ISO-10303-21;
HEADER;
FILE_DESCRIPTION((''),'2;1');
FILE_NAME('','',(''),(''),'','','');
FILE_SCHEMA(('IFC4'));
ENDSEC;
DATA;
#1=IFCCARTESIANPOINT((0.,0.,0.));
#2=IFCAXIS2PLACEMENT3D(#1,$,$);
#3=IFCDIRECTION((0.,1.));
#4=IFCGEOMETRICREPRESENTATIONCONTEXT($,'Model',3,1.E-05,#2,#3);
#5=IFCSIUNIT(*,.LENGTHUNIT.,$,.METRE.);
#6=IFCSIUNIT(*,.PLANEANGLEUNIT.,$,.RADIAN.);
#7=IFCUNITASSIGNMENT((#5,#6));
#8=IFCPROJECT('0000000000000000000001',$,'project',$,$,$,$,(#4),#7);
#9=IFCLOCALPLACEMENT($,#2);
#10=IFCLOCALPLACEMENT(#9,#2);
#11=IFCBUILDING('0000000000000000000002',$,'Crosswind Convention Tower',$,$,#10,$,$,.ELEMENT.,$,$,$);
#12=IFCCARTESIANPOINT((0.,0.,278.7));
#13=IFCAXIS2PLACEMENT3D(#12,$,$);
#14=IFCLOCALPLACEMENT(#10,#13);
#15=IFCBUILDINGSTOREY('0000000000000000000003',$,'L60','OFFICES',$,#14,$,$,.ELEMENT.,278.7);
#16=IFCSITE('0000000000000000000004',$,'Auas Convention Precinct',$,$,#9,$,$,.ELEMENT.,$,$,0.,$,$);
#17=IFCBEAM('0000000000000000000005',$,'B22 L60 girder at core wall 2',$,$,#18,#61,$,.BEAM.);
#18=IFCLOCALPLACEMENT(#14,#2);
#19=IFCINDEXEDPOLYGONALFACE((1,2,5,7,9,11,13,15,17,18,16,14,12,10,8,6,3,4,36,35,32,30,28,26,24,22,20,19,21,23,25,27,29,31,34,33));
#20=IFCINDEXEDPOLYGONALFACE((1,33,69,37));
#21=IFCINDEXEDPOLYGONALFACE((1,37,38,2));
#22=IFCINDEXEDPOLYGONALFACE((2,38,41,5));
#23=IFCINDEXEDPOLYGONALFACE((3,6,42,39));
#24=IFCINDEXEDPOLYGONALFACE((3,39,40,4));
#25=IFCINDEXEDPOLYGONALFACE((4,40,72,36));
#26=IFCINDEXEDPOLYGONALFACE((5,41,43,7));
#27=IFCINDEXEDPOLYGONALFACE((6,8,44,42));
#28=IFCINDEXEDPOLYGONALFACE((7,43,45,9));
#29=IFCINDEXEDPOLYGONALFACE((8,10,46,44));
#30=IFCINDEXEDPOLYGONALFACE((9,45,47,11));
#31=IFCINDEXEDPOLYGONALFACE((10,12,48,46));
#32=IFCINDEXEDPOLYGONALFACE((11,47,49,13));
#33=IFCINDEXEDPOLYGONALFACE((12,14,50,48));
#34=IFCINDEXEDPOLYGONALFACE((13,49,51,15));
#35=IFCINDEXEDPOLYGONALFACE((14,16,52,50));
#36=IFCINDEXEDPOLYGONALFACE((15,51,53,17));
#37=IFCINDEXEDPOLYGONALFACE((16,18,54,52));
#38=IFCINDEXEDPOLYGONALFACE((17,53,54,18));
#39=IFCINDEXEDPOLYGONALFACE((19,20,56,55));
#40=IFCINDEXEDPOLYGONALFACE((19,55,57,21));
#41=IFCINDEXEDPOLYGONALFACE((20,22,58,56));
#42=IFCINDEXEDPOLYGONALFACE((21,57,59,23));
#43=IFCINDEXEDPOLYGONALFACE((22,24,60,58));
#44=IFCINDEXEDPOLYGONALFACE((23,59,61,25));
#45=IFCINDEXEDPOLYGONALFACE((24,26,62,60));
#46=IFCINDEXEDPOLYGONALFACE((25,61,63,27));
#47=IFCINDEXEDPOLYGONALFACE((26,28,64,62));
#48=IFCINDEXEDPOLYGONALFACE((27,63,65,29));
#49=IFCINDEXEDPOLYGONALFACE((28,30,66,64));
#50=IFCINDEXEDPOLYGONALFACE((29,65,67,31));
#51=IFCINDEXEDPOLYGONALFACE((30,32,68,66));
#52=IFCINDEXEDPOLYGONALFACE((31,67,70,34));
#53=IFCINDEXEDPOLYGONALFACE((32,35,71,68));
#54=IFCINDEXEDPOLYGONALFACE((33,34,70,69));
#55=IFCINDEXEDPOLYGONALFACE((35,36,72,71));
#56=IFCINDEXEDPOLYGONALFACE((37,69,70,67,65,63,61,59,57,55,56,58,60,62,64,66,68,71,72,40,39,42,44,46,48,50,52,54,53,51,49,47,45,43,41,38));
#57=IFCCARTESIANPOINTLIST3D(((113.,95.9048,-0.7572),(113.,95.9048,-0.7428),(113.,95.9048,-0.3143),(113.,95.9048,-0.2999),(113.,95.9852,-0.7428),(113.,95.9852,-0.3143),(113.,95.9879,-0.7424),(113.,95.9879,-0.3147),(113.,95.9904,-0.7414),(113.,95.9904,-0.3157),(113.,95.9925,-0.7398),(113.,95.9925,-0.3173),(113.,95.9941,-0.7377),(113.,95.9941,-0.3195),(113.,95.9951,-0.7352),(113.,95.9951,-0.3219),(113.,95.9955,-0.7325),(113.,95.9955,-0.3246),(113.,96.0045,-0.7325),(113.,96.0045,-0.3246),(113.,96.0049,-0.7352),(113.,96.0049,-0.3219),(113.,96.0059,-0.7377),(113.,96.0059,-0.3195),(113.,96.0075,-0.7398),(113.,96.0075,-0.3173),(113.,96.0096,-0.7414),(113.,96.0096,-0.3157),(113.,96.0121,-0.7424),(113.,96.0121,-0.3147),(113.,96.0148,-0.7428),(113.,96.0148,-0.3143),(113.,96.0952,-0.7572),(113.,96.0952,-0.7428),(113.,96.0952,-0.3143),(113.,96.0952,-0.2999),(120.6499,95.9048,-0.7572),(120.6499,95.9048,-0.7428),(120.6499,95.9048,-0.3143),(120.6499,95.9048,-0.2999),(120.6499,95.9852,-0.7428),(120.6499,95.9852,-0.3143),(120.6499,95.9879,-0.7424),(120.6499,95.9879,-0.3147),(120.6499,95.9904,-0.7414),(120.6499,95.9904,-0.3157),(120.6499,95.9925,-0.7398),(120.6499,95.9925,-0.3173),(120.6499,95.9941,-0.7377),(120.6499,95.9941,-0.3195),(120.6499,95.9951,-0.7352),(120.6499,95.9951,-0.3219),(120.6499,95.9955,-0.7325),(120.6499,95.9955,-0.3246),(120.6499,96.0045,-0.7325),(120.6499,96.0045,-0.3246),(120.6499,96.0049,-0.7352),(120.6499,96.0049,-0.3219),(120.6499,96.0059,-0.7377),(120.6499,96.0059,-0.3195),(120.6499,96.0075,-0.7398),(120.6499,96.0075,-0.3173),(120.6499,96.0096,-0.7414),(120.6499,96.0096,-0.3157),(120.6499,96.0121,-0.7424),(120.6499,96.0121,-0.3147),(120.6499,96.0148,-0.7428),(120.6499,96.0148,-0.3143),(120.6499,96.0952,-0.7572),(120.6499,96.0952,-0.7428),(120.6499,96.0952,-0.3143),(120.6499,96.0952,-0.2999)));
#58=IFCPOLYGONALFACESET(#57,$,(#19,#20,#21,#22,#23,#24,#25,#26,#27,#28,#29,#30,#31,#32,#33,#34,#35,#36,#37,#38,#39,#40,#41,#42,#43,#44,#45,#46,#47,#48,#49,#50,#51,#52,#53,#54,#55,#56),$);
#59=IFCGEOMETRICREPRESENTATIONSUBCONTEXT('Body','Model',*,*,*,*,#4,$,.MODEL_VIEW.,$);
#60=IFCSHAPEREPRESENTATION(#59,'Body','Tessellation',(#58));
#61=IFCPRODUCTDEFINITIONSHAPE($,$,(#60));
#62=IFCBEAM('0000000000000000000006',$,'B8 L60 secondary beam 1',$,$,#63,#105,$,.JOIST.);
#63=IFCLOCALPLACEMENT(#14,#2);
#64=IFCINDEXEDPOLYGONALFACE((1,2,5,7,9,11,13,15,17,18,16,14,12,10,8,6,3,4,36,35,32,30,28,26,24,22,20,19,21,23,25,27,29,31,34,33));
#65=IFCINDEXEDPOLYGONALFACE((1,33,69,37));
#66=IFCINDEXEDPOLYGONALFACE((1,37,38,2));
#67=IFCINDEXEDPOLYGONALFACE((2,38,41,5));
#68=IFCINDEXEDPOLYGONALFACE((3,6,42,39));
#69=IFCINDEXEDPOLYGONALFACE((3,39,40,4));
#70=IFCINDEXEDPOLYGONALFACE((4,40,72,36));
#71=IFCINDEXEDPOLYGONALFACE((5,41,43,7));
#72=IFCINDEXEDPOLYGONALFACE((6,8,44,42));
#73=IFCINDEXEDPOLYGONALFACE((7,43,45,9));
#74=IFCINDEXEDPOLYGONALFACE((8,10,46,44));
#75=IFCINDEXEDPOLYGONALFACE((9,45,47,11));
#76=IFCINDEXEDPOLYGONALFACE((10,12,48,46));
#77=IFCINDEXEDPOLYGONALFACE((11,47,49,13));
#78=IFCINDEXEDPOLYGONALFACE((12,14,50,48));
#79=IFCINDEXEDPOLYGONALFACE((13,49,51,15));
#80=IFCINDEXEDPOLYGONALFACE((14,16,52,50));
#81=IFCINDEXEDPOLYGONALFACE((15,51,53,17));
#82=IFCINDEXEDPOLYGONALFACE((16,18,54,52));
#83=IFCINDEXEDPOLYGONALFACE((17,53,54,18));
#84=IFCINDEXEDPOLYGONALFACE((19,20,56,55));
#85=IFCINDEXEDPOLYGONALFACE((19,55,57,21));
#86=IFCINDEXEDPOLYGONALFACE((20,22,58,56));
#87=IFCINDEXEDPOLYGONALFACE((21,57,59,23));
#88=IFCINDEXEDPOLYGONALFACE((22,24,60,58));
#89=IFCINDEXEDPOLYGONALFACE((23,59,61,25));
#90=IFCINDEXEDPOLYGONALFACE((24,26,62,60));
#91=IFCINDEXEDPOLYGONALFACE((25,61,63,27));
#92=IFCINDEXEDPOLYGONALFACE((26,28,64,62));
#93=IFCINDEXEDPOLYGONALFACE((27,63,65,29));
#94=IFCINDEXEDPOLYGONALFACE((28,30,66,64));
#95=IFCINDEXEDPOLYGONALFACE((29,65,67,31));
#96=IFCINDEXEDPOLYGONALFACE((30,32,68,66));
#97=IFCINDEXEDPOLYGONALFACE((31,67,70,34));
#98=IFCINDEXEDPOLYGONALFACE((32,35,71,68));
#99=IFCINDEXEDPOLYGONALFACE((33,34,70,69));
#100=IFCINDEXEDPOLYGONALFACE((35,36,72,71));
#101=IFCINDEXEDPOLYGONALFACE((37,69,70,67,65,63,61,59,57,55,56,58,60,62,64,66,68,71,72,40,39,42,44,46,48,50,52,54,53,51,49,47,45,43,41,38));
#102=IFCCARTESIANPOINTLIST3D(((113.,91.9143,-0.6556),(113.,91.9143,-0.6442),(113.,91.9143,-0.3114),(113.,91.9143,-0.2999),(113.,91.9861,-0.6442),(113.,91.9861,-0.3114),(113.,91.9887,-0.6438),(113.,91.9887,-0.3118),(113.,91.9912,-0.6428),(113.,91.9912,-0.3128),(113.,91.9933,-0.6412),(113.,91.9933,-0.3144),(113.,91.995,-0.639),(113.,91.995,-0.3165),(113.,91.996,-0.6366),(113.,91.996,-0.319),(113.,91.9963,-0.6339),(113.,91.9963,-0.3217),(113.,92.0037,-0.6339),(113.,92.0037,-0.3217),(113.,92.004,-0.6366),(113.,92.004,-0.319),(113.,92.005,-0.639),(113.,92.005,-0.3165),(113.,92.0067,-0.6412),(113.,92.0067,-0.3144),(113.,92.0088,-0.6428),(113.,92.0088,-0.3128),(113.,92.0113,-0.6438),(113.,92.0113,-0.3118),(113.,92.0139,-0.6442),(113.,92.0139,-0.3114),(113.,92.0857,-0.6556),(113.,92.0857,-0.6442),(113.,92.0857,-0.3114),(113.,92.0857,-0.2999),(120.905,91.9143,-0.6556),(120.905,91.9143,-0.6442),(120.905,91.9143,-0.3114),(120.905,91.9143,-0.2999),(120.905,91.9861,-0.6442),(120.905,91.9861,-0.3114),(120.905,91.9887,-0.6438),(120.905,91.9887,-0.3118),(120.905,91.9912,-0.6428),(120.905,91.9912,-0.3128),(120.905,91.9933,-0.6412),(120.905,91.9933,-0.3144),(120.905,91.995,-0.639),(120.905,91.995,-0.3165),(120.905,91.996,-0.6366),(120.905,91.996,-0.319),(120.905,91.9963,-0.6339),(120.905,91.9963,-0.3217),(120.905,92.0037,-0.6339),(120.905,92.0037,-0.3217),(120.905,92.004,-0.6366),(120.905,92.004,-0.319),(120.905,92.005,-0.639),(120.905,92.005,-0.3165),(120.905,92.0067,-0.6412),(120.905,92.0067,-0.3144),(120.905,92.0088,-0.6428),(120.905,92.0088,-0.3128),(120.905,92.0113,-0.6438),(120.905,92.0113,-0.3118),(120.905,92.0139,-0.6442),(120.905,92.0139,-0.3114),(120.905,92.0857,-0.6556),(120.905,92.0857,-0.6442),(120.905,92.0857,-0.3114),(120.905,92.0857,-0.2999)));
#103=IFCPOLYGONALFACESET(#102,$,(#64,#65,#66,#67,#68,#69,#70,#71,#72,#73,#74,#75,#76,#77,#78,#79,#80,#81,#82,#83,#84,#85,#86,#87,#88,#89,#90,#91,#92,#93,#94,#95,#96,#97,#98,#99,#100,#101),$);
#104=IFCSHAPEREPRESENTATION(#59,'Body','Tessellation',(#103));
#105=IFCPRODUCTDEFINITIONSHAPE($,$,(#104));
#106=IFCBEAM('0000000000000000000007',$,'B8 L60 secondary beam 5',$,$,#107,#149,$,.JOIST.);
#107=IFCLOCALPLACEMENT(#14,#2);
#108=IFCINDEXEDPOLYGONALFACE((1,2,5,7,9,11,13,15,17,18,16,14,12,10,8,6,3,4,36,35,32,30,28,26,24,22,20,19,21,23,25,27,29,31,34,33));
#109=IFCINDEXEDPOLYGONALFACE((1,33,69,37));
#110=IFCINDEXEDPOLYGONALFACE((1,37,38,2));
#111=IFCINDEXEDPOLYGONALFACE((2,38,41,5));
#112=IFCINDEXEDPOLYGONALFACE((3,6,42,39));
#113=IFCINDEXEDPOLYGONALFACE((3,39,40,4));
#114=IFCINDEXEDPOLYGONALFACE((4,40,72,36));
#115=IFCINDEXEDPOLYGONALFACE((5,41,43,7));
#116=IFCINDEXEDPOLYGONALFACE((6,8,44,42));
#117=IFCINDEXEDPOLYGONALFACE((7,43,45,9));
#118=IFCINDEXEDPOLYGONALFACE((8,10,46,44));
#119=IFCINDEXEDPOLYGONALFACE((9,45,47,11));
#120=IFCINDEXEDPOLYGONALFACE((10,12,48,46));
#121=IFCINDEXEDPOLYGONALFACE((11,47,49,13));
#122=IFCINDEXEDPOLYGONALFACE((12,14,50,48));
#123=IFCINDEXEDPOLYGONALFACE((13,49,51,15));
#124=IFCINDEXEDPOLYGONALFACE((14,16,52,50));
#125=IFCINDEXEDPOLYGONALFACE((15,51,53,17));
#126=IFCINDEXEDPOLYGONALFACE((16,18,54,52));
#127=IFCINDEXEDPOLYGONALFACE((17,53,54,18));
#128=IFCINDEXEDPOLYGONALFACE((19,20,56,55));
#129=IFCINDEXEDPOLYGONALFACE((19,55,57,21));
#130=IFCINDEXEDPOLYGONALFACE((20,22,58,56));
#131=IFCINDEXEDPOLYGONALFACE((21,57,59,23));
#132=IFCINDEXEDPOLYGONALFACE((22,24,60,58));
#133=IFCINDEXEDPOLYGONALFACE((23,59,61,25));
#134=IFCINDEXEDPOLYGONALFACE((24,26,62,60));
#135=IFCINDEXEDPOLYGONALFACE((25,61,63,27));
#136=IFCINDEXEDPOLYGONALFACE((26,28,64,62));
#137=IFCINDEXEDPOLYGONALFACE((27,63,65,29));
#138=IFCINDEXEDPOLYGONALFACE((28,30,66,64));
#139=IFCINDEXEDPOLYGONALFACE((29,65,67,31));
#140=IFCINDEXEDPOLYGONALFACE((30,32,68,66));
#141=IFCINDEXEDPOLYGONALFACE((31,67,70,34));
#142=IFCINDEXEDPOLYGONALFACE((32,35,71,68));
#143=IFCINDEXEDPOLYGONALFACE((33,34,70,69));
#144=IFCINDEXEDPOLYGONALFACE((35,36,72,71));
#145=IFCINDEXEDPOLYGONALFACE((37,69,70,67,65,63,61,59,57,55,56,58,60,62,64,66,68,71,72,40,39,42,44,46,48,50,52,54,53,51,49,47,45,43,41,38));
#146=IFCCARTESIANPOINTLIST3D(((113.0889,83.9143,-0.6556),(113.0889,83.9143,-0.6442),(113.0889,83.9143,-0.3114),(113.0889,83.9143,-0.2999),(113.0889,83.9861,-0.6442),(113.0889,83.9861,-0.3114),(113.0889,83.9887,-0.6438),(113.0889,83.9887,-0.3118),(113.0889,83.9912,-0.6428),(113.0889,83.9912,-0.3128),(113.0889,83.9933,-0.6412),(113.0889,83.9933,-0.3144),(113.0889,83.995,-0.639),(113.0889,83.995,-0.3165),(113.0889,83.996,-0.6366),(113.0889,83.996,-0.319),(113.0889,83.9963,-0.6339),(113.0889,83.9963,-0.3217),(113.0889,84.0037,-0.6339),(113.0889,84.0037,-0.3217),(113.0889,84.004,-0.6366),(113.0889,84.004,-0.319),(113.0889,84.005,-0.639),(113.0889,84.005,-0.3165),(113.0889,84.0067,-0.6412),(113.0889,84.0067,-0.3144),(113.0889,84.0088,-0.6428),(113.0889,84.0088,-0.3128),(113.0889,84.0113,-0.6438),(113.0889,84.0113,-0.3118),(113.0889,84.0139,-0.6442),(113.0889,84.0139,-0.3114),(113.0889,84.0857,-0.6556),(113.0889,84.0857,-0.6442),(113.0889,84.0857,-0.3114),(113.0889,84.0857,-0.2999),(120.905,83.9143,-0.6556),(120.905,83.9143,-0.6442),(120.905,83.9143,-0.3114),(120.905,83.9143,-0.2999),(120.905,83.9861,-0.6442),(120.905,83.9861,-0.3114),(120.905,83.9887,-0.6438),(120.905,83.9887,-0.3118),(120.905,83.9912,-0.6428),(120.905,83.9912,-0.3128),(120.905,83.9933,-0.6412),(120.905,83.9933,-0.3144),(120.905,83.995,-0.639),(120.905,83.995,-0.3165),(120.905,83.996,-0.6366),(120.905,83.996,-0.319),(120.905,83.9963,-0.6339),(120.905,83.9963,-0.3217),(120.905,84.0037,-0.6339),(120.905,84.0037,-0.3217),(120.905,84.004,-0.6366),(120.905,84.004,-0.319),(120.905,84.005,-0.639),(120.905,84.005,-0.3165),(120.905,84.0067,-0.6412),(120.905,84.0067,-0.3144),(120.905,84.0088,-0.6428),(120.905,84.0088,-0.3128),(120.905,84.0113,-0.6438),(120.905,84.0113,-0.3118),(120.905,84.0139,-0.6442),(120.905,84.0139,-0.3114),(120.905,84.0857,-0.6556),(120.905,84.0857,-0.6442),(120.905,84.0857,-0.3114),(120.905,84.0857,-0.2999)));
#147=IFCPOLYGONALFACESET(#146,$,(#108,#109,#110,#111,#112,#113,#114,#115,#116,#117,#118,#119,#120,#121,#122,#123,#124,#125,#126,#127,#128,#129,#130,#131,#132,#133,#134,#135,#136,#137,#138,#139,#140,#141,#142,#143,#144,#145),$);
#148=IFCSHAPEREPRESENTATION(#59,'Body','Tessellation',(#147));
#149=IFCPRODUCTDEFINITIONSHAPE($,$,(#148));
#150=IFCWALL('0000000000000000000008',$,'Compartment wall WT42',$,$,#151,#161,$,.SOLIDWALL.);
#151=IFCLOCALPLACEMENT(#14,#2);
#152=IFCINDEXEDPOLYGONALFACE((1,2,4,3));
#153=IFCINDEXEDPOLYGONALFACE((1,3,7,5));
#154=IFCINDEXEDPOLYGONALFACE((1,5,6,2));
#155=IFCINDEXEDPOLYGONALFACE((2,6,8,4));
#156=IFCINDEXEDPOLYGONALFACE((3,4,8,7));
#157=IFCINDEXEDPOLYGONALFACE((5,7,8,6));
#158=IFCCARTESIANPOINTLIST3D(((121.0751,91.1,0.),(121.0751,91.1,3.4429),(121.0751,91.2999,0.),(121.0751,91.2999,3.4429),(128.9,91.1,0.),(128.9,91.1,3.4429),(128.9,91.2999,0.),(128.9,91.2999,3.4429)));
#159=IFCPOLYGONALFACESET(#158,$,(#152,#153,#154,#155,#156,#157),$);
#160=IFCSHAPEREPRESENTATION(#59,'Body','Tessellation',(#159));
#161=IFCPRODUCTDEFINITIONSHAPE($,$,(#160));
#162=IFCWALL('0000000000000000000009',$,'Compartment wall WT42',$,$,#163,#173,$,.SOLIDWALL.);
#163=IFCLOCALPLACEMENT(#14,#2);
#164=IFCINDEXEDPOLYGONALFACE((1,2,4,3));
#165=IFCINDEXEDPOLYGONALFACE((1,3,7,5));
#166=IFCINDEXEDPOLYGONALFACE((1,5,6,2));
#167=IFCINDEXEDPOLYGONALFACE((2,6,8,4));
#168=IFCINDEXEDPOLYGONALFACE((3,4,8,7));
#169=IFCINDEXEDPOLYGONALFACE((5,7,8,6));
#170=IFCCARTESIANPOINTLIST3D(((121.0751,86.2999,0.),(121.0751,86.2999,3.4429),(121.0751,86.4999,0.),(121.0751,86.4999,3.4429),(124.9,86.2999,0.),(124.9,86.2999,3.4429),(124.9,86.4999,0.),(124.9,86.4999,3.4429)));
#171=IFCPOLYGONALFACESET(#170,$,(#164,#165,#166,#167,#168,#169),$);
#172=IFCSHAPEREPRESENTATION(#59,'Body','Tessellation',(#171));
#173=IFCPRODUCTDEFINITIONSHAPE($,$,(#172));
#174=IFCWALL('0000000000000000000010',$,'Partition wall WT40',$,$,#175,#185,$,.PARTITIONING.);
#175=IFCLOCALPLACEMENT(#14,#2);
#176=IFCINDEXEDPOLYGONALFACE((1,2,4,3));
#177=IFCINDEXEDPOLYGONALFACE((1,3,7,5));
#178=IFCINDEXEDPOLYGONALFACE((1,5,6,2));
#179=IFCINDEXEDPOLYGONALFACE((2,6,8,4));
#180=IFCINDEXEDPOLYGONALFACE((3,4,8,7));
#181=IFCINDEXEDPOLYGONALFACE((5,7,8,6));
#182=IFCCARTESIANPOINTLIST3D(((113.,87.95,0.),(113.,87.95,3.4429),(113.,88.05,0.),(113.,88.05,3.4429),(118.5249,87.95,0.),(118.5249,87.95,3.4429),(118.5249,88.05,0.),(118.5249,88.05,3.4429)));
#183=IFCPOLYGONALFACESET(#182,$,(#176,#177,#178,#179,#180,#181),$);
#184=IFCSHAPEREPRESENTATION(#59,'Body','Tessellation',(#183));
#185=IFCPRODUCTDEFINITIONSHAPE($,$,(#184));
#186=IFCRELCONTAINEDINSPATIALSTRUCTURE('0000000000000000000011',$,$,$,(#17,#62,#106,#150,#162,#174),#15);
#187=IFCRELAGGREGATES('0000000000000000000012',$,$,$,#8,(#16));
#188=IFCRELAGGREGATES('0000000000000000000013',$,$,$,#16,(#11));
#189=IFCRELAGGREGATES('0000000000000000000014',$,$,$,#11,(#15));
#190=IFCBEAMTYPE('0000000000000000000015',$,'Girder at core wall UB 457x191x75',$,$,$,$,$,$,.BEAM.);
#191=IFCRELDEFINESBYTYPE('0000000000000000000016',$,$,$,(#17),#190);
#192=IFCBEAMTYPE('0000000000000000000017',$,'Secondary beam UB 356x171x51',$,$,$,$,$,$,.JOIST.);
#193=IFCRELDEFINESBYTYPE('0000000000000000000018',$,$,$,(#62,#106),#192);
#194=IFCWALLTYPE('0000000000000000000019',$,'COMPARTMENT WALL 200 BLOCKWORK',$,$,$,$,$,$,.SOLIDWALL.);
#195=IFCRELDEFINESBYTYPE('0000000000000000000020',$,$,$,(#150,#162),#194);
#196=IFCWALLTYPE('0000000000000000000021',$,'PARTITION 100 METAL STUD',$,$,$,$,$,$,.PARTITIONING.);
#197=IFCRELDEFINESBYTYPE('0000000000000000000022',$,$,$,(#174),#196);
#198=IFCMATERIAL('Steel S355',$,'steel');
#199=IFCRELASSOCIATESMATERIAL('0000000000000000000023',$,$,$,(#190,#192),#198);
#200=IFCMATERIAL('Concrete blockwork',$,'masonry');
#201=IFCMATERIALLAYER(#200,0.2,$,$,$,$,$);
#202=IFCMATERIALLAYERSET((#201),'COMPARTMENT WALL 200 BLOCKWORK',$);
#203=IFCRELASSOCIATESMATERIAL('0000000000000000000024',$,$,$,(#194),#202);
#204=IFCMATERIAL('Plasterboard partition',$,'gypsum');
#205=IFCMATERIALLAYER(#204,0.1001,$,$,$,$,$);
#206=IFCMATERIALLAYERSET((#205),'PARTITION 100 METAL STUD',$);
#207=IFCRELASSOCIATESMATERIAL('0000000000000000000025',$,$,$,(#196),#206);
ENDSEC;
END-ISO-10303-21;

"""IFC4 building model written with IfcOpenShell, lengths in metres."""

from ifc_helpers import new_model, si_unit, direction, frame, frame_2d, origin, origin_2d, place, context, subcontext, project, spatial, rectangle, i_section, extrude, material, layer, layer_set, material_profile, profile_set, type_object, element, save


model = new_model("IFC4")

# Units and contexts
model_context = context("Model", 3, precision=1e-05, world=origin(), true_north=direction((0.0, 1.0)))
body_context = subcontext(model_context, "Body", "Model", "MODEL_VIEW")
ifc_project = project(units=[si_unit("LENGTHUNIT", "METRE"), si_unit("PLANEANGLEUNIT", "RADIAN")], contexts=[model_context])

# Site, building, storey
site_placement = place(None, origin())
site = spatial("IfcSite", under=ifc_project, at=site_placement, Name="Auas Convention Precinct", CompositionType="ELEMENT", RefElevation=0.0)
building_placement = place(site_placement, origin())
building = spatial("IfcBuilding", under=site, at=building_placement, Name="Crosswind Convention Tower", CompositionType="ELEMENT")
storey_placement = place(building_placement, frame((0.0, 0.0, 278.7)))
storey = spatial("IfcBuildingStorey", under=building, at=storey_placement, Name="L60", Description="OFFICES", CompositionType="ELEMENT", Elevation=278.7)

# Beams
ifc_material_1 = material(Name="Steel S355", Category="steel")
ifc_material_profile_1 = material_profile(ifc_material_1, i_section(OverallWidth=0.1904, OverallDepth=0.4573, WebThickness=0.009, FlangeThickness=0.0144, FilletRadius=0.0103, at=origin_2d()), Name="UB 457x191x75")
ifc_profile_set_1 = profile_set([ifc_material_profile_1], Name="Steel S355")
beam_type_1 = type_object("IfcBeamType", Name="Girder at core wall UB 457x191x75", PredefinedType="BEAM", material=ifc_profile_set_1)
for number, where, z_axis, x_axis, name in (
    (1, (113.0, 96.0, -0.5286), (1.0, 0.0, 0.0), (0.0, 1.0, 0.0), "B22 L60 girder at core wall 2"),
):
    element("IfcBeam", number, at=place(storey_placement, frame(where, z_axis=z_axis, x_axis=x_axis)), inside=storey, type_object=beam_type_1, Name=name, PredefinedType="BEAM", context=body_context, shape_type="SweptSolid", body=[
        extrude(i_section(OverallWidth=0.1904, OverallDepth=0.4573, WebThickness=0.009, FlangeThickness=0.0144, FilletRadius=0.0103, at=origin_2d()), origin(), (0.0, 0.0, 1.0), 7.6499),
    ])
ifc_material_profile_2 = material_profile(ifc_material_1, i_section(OverallWidth=0.1714, OverallDepth=0.3557, WebThickness=0.0073, FlangeThickness=0.0115, FilletRadius=0.0103, at=origin_2d()), Name="UB 356x171x51")
ifc_profile_set_2 = profile_set([ifc_material_profile_2], Name="Steel S355")
beam_type_2 = type_object("IfcBeamType", Name="Secondary beam UB 356x171x51", PredefinedType="JOIST", material=ifc_profile_set_2)
beam_1_placement = place(storey_placement, frame((113.0, 92.0, -0.4778), z_axis=(1.0, 0.0, 0.0), x_axis=(0.0, 1.0, 0.0)))
element("IfcBeam", 2, at=beam_1_placement, inside=storey, type_object=beam_type_2, Name="B8 L60 secondary beam 1", PredefinedType="JOIST", context=body_context, shape_type="SweptSolid", body=[
    extrude(i_section(OverallWidth=0.1714, OverallDepth=0.3557, WebThickness=0.0073, FlangeThickness=0.0115, FilletRadius=0.0103, at=origin_2d()), origin(), (0.0, 0.0, 1.0), 7.905),
])
beam_2_placement = place(storey_placement, frame((113.0889, 84.0, -0.4778), z_axis=(1.0, 0.0, 0.0), x_axis=(0.0, 1.0, 0.0)))
element("IfcBeam", 3, at=beam_2_placement, inside=storey, type_object=beam_type_2, Name="B8 L60 secondary beam 5", PredefinedType="JOIST", context=body_context, shape_type="SweptSolid", body=[
    extrude(i_section(OverallWidth=0.1714, OverallDepth=0.3557, WebThickness=0.0073, FlangeThickness=0.0115, FilletRadius=0.0103, at=origin_2d()), origin(), (0.0, 0.0, 1.0), 7.8162),
])

# Walls
ifc_material_2 = material(Name="Concrete blockwork", Category="masonry")
ifc_layer_1 = layer(ifc_material_2, 0.2)
ifc_layer_set_1 = layer_set([ifc_layer_1], Name="COMPARTMENT WALL 200 BLOCKWORK")
wall_type_1 = type_object("IfcWallType", Name="COMPARTMENT WALL 200 BLOCKWORK", PredefinedType="SOLIDWALL", material=ifc_layer_set_1)
wall_1_placement = place(storey_placement, frame((121.075, 91.2, 0.0), z_axis=(0.0, 0.0, 1.0), x_axis=(1.0, 0.0, 0.0)))
element("IfcWall", 4, at=wall_1_placement, inside=storey, type_object=wall_type_1, Name="Compartment wall WT42", PredefinedType="SOLIDWALL", context=body_context, shape_type="SweptSolid", body=[
    extrude(rectangle(XDim=7.825, YDim=0.2, at=frame_2d((3.9126, 0.0))), origin(), (0.0, 0.0, 1.0), 3.4429),
])
wall_2_placement = place(storey_placement, frame((121.075, 86.3999, 0.0), z_axis=(0.0, 0.0, 1.0), x_axis=(1.0, 0.0, 0.0)))
element("IfcWall", 5, at=wall_2_placement, inside=storey, type_object=wall_type_1, Name="Compartment wall WT42", PredefinedType="SOLIDWALL", context=body_context, shape_type="SweptSolid", body=[
    extrude(rectangle(XDim=3.825, YDim=0.2, at=frame_2d((1.9126, 0.0))), origin(), (0.0, 0.0, 1.0), 3.4429),
])
ifc_material_3 = material(Name="Plasterboard partition", Category="gypsum")
ifc_layer_2 = layer(ifc_material_3, 0.1001)
ifc_layer_set_2 = layer_set([ifc_layer_2], Name="PARTITION 100 METAL STUD")
wall_type_2 = type_object("IfcWallType", Name="PARTITION 100 METAL STUD", PredefinedType="PARTITIONING", material=ifc_layer_set_2)
for number, where, z_axis, x_axis, name in (
    (6, (113.0, 88.0, 0.0), (0.0, 0.0, 1.0), (1.0, 0.0, 0.0), "Partition wall WT40"),
):
    element("IfcWall", number, at=place(storey_placement, frame(where, z_axis=z_axis, x_axis=x_axis)), inside=storey, type_object=wall_type_2, Name=name, PredefinedType="PARTITIONING", context=body_context, shape_type="SweptSolid", body=[
        extrude(rectangle(XDim=5.5249, YDim=0.1001, at=frame_2d((2.7625, 0.0))), origin(), (0.0, 0.0, 1.0), 3.4429),
    ])

save(model, "model.ifc")
